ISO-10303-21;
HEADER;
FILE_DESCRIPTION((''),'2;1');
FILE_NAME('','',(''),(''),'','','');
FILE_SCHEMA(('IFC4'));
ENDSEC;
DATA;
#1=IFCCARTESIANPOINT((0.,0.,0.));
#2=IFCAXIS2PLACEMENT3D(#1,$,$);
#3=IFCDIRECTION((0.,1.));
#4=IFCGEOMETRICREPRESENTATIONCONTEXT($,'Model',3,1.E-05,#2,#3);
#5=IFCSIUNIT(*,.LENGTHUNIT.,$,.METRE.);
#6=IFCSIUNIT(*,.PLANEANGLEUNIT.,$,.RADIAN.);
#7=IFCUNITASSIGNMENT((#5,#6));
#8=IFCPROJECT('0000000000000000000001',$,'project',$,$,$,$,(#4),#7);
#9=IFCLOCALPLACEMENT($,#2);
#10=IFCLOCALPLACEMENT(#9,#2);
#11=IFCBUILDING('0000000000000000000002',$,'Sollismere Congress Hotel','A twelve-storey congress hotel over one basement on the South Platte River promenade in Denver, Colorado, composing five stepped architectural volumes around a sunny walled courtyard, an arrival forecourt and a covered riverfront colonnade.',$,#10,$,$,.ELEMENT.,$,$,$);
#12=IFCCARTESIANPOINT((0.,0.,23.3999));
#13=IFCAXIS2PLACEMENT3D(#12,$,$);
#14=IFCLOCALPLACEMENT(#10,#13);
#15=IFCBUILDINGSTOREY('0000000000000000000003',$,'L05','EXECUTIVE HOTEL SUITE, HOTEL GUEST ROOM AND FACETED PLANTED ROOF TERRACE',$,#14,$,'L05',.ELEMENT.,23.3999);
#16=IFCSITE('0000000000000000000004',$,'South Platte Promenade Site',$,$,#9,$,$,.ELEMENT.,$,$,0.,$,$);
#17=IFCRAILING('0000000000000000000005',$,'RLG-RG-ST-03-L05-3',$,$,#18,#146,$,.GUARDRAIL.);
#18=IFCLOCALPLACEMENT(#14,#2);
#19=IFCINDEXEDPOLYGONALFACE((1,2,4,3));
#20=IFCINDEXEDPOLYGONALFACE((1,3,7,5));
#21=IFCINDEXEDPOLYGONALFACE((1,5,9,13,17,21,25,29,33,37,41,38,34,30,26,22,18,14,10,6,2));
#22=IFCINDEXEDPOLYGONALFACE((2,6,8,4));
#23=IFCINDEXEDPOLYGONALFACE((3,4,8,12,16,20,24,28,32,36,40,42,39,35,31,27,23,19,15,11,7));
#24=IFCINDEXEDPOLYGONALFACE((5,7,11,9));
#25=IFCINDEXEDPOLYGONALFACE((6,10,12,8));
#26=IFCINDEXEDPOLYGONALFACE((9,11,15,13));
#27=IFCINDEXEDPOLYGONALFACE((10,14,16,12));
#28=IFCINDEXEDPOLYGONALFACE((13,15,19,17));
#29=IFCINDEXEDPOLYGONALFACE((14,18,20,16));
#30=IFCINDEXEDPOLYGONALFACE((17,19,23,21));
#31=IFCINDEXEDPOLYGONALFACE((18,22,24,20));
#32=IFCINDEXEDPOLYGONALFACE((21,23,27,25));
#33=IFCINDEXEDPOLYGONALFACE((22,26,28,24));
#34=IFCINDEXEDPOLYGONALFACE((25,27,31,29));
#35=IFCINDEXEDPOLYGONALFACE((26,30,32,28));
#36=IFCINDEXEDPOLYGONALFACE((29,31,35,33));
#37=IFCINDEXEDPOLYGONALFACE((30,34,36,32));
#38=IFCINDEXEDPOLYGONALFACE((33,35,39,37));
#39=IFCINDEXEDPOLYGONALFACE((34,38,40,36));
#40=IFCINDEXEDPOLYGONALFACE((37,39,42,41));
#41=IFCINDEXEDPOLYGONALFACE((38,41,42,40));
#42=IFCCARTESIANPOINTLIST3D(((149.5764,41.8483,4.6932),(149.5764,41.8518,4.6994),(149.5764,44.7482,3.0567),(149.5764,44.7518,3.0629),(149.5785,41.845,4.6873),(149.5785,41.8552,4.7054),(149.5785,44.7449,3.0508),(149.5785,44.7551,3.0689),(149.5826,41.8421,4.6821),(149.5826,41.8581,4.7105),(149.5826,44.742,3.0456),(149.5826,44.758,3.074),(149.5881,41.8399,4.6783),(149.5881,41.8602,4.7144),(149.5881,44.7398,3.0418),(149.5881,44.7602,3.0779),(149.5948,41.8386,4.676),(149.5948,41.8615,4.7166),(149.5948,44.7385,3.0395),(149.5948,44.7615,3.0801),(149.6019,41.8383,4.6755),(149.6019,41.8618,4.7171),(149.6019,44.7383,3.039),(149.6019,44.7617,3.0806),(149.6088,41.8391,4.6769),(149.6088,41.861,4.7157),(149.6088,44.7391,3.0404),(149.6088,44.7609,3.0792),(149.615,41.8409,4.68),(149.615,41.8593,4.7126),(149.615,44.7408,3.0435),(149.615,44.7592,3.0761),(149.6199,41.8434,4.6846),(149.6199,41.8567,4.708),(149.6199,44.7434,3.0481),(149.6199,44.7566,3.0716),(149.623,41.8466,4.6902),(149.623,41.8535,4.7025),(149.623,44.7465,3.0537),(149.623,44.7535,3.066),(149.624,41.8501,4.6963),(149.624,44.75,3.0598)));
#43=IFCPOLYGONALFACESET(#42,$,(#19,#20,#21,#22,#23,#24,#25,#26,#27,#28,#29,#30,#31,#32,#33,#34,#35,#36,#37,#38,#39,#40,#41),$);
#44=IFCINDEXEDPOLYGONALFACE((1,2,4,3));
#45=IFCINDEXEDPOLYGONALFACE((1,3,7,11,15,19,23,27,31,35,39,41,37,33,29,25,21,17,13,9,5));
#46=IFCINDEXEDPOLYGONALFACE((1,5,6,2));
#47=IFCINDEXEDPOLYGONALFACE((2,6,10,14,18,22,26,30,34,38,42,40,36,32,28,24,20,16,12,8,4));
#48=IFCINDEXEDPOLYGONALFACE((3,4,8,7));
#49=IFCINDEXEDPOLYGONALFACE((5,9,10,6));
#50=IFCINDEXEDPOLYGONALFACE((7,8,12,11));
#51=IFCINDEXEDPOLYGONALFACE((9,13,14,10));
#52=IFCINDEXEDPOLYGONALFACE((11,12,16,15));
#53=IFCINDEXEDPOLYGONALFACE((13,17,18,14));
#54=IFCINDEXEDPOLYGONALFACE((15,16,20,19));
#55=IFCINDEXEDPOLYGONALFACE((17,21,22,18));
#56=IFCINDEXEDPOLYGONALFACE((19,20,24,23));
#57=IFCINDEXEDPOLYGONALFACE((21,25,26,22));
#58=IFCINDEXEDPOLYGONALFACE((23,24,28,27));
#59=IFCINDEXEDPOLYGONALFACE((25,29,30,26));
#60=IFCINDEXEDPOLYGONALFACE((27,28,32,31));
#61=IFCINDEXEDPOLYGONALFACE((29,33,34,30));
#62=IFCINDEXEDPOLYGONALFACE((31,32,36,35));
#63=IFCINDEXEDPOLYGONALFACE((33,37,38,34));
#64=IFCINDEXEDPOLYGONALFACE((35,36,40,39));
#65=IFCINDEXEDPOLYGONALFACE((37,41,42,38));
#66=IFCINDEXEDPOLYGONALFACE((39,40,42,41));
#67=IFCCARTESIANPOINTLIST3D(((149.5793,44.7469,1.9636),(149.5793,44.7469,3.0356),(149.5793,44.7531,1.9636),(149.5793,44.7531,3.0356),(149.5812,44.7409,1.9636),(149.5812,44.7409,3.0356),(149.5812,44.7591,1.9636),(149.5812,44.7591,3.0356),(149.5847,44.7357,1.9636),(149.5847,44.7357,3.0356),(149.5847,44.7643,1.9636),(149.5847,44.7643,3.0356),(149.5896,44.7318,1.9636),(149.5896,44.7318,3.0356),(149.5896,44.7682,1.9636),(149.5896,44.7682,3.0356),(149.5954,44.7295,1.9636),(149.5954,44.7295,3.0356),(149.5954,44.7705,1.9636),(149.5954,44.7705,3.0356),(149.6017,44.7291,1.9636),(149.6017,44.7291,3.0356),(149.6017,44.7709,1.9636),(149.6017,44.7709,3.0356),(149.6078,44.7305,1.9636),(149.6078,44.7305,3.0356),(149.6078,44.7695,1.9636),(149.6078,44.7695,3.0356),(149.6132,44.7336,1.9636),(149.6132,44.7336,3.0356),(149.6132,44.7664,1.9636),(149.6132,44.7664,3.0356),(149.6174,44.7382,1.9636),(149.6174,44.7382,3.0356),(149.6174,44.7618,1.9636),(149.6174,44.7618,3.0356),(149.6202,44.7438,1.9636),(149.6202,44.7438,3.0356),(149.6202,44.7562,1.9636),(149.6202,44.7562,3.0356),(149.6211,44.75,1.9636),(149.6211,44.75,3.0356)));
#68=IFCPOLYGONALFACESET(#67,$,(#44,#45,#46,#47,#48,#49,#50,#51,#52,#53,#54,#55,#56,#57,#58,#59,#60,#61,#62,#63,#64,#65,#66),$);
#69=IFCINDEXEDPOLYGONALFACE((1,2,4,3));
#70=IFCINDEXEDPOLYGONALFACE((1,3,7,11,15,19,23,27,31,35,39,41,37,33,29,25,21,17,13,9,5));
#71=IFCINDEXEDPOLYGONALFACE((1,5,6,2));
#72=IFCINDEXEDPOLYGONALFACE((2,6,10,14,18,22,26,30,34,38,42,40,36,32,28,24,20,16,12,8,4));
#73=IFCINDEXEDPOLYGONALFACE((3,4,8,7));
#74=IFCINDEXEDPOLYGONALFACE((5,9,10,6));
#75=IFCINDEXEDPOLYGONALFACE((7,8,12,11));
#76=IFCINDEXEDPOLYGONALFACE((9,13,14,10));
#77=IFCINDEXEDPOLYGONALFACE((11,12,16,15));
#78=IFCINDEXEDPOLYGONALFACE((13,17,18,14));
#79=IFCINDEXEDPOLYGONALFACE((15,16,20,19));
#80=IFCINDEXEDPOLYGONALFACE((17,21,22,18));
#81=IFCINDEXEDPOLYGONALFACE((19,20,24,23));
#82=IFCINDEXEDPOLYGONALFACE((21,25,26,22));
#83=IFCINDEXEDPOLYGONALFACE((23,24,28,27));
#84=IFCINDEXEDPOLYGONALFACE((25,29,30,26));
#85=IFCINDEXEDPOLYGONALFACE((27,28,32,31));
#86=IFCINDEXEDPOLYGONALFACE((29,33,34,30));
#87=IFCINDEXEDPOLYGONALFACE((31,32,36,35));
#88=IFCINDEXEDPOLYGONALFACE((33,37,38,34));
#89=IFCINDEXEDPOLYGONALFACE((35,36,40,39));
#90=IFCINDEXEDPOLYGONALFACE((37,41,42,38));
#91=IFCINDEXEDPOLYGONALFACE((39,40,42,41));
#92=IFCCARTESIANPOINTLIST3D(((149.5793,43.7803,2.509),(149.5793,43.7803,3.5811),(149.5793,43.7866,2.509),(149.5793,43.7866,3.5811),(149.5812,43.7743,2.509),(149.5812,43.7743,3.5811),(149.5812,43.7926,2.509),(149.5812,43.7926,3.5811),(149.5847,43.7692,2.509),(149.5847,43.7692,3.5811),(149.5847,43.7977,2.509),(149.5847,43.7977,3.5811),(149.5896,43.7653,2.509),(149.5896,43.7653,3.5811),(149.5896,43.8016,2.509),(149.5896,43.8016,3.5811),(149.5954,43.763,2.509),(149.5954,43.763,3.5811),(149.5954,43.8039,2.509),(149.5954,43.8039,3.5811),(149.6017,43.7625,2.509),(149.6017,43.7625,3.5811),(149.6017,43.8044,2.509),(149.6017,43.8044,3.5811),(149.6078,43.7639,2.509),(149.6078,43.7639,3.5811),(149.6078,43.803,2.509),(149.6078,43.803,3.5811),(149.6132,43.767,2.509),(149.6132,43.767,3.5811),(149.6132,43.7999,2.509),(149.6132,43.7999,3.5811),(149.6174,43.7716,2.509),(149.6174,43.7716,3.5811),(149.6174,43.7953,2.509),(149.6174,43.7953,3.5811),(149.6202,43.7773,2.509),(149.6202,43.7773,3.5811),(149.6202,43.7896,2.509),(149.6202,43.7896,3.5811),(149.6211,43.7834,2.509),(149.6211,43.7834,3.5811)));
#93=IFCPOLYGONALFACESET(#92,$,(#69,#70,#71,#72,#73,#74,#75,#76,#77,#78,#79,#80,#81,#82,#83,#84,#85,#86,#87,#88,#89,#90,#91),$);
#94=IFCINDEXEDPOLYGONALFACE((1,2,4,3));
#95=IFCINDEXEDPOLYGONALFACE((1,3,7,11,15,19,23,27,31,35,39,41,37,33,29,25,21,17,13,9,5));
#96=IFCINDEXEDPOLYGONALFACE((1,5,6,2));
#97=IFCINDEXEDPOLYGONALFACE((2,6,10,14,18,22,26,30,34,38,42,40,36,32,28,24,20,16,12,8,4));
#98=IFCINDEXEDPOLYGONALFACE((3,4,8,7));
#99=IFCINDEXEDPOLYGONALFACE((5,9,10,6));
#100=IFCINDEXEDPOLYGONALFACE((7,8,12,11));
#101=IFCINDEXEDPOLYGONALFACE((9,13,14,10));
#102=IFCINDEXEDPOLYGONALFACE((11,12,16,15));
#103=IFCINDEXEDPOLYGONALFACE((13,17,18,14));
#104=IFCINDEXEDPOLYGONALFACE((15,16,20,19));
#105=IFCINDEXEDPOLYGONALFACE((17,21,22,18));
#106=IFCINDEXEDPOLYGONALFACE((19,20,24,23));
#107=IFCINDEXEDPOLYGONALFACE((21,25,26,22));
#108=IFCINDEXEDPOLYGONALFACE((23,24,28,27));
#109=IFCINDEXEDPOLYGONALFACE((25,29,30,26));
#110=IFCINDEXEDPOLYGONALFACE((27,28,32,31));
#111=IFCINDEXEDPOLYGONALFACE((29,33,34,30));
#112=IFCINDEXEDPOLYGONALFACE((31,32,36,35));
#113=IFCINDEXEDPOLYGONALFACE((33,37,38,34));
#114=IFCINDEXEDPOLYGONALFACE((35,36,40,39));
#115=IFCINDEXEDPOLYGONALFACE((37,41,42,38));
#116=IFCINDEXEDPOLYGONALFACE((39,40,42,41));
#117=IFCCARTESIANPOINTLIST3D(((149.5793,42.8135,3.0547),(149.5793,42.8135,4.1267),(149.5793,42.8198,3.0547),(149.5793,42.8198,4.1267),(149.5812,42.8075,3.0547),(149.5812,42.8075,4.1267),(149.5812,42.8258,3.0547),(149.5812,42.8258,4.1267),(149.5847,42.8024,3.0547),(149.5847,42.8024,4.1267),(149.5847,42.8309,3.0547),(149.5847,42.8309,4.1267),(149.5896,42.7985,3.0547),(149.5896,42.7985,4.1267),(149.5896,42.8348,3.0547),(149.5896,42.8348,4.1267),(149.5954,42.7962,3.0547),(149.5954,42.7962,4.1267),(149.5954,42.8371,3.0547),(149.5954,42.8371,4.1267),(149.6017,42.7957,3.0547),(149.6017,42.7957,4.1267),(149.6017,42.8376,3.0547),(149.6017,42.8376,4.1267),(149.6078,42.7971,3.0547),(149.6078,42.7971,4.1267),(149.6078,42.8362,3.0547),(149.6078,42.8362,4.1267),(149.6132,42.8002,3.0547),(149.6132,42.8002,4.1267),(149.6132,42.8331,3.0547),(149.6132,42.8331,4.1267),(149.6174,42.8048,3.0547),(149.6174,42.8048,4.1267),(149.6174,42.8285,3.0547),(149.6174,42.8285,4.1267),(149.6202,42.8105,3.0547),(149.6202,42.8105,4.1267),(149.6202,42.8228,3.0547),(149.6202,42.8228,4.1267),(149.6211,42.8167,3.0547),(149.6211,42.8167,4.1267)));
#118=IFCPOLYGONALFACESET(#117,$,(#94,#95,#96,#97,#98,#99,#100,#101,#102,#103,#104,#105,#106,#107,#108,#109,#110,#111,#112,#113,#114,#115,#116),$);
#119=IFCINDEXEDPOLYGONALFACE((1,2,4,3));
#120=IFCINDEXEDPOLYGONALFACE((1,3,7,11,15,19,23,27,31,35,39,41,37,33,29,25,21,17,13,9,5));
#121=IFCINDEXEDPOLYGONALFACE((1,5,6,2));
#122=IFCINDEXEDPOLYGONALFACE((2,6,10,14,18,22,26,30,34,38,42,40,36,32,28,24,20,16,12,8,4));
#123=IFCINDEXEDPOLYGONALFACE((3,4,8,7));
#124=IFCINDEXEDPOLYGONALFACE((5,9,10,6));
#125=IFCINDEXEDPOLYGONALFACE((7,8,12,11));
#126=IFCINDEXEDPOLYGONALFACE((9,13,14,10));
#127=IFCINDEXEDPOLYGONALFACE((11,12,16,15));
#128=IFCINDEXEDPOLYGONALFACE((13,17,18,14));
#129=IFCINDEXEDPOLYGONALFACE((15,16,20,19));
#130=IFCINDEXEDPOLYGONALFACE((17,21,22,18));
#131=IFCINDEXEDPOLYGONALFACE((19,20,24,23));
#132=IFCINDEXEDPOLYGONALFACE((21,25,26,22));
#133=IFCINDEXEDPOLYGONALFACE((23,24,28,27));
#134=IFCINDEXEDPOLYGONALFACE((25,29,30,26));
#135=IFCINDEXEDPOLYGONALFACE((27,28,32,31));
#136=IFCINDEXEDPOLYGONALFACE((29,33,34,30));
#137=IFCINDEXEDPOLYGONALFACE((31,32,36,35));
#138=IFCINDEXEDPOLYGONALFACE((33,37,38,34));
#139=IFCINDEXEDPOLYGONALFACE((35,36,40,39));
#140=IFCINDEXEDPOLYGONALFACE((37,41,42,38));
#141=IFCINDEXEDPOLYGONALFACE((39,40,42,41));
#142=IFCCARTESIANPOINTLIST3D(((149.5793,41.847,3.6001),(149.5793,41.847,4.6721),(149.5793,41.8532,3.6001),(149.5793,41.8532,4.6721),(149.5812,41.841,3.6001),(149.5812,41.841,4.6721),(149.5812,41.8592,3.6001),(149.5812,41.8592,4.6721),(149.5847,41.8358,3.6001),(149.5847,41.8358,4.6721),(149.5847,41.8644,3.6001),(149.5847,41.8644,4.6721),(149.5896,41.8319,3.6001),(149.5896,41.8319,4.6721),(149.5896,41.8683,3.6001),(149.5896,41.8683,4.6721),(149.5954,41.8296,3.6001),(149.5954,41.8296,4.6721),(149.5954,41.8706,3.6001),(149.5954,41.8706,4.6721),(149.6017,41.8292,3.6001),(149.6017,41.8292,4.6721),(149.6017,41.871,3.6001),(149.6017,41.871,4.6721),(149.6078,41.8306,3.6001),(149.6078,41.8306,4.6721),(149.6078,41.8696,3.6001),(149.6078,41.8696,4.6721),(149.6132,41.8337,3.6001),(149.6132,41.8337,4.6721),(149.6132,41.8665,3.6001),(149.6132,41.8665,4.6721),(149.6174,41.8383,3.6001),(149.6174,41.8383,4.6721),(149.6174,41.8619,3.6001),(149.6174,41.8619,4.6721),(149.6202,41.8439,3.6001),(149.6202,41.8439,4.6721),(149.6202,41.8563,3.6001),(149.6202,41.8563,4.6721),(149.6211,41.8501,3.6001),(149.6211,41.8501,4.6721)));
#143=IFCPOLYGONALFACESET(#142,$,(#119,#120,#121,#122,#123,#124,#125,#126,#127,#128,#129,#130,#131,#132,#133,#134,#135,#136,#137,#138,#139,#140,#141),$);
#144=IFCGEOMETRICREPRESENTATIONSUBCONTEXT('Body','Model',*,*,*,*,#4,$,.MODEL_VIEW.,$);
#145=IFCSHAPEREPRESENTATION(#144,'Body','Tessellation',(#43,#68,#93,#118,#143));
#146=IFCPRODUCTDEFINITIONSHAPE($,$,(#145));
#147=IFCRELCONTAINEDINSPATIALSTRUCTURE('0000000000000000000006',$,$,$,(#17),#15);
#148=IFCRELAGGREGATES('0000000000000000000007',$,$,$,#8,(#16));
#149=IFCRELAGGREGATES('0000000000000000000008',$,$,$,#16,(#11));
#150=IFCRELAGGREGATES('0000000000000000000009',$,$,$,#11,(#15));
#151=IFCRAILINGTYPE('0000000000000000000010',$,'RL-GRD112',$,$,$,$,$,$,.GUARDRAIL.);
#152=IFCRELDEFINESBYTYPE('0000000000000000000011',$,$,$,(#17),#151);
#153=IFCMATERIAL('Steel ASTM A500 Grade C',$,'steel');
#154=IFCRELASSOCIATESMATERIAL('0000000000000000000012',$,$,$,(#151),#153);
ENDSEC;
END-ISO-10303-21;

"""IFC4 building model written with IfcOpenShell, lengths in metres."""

from ifc_helpers import new_model, si_unit, direction, frame, origin, origin_2d, place, context, subcontext, project, spatial, circle, extrude, material, type_object, element, save


model = new_model("IFC4")

# Units and contexts
model_context = context("Model", 3, precision=1e-05, world=origin(), true_north=direction((0.0, 1.0)))
body_context = subcontext(model_context, "Body", "Model", "MODEL_VIEW")
ifc_project = project(units=[si_unit("LENGTHUNIT", "METRE"), si_unit("PLANEANGLEUNIT", "RADIAN")], contexts=[model_context])

# Site, building, storey
site_placement = place(None, origin())
site = spatial("IfcSite", under=ifc_project, at=site_placement, Name="South Platte Promenade Site", CompositionType="ELEMENT", RefElevation=0.0)
building_placement = place(site_placement, origin())
building = spatial("IfcBuilding", under=site, at=building_placement, Name="Sollismere Congress Hotel", Description="A twelve-storey congress hotel over one basement on the South Platte River promenade in Denver, Colorado, composing five stepped architectural volumes around a sunny walled courtyard, an arrival forecourt and a covered riverfront colonnade.", CompositionType="ELEMENT")
storey_placement = place(building_placement, frame((0.0, 0.0, 23.3999)))
storey = spatial("IfcBuildingStorey", under=building, at=storey_placement, Name="L05", Description="EXECUTIVE HOTEL SUITE, HOTEL GUEST ROOM AND FACETED PLANTED ROOF TERRACE", LongName="L05", CompositionType="ELEMENT", Elevation=23.3999)

# Railing
ifc_material_1 = material(Name="Steel ASTM A500 Grade C", Category="steel")
railing_type_1 = type_object("IfcRailingType", Name="RL-GRD112", PredefinedType="GUARDRAIL", material=ifc_material_1)
railing_1_placement = place(storey_placement, frame((149.6001, 44.75, 1.9636)))
element("IfcRailing", 1, at=railing_1_placement, inside=storey, type_object=railing_type_1, Name="RLG-RG-ST-03-L05-3", PredefinedType="GUARDRAIL", context=body_context, shape_type="SweptSolid", body=[
    extrude(circle(Radius=0.0239, at=origin_2d()), frame((0.0, 0.0, 1.0962), z_axis=(0.0, -0.870897, 0.491465), x_axis=(1.0, 0.0, 0.0)), (0.0, 0.0, 1.0), 3.3298),
    extrude(circle(Radius=0.021, at=origin_2d()), origin(), (0.0, 0.0, 1.0), 1.072),
    extrude(circle(Radius=0.021, at=origin_2d()), frame((0.0, -0.9666, 0.5454)), (0.0, 0.0, 1.0), 1.072),
    extrude(circle(Radius=0.021, at=origin_2d()), frame((0.0, -1.9333, 1.0911)), (0.0, 0.0, 1.0), 1.072),
    extrude(circle(Radius=0.021, at=origin_2d()), frame((0.0, -2.8999, 1.6365)), (0.0, 0.0, 1.0), 1.072),
])

save(model, "model.ifc")
